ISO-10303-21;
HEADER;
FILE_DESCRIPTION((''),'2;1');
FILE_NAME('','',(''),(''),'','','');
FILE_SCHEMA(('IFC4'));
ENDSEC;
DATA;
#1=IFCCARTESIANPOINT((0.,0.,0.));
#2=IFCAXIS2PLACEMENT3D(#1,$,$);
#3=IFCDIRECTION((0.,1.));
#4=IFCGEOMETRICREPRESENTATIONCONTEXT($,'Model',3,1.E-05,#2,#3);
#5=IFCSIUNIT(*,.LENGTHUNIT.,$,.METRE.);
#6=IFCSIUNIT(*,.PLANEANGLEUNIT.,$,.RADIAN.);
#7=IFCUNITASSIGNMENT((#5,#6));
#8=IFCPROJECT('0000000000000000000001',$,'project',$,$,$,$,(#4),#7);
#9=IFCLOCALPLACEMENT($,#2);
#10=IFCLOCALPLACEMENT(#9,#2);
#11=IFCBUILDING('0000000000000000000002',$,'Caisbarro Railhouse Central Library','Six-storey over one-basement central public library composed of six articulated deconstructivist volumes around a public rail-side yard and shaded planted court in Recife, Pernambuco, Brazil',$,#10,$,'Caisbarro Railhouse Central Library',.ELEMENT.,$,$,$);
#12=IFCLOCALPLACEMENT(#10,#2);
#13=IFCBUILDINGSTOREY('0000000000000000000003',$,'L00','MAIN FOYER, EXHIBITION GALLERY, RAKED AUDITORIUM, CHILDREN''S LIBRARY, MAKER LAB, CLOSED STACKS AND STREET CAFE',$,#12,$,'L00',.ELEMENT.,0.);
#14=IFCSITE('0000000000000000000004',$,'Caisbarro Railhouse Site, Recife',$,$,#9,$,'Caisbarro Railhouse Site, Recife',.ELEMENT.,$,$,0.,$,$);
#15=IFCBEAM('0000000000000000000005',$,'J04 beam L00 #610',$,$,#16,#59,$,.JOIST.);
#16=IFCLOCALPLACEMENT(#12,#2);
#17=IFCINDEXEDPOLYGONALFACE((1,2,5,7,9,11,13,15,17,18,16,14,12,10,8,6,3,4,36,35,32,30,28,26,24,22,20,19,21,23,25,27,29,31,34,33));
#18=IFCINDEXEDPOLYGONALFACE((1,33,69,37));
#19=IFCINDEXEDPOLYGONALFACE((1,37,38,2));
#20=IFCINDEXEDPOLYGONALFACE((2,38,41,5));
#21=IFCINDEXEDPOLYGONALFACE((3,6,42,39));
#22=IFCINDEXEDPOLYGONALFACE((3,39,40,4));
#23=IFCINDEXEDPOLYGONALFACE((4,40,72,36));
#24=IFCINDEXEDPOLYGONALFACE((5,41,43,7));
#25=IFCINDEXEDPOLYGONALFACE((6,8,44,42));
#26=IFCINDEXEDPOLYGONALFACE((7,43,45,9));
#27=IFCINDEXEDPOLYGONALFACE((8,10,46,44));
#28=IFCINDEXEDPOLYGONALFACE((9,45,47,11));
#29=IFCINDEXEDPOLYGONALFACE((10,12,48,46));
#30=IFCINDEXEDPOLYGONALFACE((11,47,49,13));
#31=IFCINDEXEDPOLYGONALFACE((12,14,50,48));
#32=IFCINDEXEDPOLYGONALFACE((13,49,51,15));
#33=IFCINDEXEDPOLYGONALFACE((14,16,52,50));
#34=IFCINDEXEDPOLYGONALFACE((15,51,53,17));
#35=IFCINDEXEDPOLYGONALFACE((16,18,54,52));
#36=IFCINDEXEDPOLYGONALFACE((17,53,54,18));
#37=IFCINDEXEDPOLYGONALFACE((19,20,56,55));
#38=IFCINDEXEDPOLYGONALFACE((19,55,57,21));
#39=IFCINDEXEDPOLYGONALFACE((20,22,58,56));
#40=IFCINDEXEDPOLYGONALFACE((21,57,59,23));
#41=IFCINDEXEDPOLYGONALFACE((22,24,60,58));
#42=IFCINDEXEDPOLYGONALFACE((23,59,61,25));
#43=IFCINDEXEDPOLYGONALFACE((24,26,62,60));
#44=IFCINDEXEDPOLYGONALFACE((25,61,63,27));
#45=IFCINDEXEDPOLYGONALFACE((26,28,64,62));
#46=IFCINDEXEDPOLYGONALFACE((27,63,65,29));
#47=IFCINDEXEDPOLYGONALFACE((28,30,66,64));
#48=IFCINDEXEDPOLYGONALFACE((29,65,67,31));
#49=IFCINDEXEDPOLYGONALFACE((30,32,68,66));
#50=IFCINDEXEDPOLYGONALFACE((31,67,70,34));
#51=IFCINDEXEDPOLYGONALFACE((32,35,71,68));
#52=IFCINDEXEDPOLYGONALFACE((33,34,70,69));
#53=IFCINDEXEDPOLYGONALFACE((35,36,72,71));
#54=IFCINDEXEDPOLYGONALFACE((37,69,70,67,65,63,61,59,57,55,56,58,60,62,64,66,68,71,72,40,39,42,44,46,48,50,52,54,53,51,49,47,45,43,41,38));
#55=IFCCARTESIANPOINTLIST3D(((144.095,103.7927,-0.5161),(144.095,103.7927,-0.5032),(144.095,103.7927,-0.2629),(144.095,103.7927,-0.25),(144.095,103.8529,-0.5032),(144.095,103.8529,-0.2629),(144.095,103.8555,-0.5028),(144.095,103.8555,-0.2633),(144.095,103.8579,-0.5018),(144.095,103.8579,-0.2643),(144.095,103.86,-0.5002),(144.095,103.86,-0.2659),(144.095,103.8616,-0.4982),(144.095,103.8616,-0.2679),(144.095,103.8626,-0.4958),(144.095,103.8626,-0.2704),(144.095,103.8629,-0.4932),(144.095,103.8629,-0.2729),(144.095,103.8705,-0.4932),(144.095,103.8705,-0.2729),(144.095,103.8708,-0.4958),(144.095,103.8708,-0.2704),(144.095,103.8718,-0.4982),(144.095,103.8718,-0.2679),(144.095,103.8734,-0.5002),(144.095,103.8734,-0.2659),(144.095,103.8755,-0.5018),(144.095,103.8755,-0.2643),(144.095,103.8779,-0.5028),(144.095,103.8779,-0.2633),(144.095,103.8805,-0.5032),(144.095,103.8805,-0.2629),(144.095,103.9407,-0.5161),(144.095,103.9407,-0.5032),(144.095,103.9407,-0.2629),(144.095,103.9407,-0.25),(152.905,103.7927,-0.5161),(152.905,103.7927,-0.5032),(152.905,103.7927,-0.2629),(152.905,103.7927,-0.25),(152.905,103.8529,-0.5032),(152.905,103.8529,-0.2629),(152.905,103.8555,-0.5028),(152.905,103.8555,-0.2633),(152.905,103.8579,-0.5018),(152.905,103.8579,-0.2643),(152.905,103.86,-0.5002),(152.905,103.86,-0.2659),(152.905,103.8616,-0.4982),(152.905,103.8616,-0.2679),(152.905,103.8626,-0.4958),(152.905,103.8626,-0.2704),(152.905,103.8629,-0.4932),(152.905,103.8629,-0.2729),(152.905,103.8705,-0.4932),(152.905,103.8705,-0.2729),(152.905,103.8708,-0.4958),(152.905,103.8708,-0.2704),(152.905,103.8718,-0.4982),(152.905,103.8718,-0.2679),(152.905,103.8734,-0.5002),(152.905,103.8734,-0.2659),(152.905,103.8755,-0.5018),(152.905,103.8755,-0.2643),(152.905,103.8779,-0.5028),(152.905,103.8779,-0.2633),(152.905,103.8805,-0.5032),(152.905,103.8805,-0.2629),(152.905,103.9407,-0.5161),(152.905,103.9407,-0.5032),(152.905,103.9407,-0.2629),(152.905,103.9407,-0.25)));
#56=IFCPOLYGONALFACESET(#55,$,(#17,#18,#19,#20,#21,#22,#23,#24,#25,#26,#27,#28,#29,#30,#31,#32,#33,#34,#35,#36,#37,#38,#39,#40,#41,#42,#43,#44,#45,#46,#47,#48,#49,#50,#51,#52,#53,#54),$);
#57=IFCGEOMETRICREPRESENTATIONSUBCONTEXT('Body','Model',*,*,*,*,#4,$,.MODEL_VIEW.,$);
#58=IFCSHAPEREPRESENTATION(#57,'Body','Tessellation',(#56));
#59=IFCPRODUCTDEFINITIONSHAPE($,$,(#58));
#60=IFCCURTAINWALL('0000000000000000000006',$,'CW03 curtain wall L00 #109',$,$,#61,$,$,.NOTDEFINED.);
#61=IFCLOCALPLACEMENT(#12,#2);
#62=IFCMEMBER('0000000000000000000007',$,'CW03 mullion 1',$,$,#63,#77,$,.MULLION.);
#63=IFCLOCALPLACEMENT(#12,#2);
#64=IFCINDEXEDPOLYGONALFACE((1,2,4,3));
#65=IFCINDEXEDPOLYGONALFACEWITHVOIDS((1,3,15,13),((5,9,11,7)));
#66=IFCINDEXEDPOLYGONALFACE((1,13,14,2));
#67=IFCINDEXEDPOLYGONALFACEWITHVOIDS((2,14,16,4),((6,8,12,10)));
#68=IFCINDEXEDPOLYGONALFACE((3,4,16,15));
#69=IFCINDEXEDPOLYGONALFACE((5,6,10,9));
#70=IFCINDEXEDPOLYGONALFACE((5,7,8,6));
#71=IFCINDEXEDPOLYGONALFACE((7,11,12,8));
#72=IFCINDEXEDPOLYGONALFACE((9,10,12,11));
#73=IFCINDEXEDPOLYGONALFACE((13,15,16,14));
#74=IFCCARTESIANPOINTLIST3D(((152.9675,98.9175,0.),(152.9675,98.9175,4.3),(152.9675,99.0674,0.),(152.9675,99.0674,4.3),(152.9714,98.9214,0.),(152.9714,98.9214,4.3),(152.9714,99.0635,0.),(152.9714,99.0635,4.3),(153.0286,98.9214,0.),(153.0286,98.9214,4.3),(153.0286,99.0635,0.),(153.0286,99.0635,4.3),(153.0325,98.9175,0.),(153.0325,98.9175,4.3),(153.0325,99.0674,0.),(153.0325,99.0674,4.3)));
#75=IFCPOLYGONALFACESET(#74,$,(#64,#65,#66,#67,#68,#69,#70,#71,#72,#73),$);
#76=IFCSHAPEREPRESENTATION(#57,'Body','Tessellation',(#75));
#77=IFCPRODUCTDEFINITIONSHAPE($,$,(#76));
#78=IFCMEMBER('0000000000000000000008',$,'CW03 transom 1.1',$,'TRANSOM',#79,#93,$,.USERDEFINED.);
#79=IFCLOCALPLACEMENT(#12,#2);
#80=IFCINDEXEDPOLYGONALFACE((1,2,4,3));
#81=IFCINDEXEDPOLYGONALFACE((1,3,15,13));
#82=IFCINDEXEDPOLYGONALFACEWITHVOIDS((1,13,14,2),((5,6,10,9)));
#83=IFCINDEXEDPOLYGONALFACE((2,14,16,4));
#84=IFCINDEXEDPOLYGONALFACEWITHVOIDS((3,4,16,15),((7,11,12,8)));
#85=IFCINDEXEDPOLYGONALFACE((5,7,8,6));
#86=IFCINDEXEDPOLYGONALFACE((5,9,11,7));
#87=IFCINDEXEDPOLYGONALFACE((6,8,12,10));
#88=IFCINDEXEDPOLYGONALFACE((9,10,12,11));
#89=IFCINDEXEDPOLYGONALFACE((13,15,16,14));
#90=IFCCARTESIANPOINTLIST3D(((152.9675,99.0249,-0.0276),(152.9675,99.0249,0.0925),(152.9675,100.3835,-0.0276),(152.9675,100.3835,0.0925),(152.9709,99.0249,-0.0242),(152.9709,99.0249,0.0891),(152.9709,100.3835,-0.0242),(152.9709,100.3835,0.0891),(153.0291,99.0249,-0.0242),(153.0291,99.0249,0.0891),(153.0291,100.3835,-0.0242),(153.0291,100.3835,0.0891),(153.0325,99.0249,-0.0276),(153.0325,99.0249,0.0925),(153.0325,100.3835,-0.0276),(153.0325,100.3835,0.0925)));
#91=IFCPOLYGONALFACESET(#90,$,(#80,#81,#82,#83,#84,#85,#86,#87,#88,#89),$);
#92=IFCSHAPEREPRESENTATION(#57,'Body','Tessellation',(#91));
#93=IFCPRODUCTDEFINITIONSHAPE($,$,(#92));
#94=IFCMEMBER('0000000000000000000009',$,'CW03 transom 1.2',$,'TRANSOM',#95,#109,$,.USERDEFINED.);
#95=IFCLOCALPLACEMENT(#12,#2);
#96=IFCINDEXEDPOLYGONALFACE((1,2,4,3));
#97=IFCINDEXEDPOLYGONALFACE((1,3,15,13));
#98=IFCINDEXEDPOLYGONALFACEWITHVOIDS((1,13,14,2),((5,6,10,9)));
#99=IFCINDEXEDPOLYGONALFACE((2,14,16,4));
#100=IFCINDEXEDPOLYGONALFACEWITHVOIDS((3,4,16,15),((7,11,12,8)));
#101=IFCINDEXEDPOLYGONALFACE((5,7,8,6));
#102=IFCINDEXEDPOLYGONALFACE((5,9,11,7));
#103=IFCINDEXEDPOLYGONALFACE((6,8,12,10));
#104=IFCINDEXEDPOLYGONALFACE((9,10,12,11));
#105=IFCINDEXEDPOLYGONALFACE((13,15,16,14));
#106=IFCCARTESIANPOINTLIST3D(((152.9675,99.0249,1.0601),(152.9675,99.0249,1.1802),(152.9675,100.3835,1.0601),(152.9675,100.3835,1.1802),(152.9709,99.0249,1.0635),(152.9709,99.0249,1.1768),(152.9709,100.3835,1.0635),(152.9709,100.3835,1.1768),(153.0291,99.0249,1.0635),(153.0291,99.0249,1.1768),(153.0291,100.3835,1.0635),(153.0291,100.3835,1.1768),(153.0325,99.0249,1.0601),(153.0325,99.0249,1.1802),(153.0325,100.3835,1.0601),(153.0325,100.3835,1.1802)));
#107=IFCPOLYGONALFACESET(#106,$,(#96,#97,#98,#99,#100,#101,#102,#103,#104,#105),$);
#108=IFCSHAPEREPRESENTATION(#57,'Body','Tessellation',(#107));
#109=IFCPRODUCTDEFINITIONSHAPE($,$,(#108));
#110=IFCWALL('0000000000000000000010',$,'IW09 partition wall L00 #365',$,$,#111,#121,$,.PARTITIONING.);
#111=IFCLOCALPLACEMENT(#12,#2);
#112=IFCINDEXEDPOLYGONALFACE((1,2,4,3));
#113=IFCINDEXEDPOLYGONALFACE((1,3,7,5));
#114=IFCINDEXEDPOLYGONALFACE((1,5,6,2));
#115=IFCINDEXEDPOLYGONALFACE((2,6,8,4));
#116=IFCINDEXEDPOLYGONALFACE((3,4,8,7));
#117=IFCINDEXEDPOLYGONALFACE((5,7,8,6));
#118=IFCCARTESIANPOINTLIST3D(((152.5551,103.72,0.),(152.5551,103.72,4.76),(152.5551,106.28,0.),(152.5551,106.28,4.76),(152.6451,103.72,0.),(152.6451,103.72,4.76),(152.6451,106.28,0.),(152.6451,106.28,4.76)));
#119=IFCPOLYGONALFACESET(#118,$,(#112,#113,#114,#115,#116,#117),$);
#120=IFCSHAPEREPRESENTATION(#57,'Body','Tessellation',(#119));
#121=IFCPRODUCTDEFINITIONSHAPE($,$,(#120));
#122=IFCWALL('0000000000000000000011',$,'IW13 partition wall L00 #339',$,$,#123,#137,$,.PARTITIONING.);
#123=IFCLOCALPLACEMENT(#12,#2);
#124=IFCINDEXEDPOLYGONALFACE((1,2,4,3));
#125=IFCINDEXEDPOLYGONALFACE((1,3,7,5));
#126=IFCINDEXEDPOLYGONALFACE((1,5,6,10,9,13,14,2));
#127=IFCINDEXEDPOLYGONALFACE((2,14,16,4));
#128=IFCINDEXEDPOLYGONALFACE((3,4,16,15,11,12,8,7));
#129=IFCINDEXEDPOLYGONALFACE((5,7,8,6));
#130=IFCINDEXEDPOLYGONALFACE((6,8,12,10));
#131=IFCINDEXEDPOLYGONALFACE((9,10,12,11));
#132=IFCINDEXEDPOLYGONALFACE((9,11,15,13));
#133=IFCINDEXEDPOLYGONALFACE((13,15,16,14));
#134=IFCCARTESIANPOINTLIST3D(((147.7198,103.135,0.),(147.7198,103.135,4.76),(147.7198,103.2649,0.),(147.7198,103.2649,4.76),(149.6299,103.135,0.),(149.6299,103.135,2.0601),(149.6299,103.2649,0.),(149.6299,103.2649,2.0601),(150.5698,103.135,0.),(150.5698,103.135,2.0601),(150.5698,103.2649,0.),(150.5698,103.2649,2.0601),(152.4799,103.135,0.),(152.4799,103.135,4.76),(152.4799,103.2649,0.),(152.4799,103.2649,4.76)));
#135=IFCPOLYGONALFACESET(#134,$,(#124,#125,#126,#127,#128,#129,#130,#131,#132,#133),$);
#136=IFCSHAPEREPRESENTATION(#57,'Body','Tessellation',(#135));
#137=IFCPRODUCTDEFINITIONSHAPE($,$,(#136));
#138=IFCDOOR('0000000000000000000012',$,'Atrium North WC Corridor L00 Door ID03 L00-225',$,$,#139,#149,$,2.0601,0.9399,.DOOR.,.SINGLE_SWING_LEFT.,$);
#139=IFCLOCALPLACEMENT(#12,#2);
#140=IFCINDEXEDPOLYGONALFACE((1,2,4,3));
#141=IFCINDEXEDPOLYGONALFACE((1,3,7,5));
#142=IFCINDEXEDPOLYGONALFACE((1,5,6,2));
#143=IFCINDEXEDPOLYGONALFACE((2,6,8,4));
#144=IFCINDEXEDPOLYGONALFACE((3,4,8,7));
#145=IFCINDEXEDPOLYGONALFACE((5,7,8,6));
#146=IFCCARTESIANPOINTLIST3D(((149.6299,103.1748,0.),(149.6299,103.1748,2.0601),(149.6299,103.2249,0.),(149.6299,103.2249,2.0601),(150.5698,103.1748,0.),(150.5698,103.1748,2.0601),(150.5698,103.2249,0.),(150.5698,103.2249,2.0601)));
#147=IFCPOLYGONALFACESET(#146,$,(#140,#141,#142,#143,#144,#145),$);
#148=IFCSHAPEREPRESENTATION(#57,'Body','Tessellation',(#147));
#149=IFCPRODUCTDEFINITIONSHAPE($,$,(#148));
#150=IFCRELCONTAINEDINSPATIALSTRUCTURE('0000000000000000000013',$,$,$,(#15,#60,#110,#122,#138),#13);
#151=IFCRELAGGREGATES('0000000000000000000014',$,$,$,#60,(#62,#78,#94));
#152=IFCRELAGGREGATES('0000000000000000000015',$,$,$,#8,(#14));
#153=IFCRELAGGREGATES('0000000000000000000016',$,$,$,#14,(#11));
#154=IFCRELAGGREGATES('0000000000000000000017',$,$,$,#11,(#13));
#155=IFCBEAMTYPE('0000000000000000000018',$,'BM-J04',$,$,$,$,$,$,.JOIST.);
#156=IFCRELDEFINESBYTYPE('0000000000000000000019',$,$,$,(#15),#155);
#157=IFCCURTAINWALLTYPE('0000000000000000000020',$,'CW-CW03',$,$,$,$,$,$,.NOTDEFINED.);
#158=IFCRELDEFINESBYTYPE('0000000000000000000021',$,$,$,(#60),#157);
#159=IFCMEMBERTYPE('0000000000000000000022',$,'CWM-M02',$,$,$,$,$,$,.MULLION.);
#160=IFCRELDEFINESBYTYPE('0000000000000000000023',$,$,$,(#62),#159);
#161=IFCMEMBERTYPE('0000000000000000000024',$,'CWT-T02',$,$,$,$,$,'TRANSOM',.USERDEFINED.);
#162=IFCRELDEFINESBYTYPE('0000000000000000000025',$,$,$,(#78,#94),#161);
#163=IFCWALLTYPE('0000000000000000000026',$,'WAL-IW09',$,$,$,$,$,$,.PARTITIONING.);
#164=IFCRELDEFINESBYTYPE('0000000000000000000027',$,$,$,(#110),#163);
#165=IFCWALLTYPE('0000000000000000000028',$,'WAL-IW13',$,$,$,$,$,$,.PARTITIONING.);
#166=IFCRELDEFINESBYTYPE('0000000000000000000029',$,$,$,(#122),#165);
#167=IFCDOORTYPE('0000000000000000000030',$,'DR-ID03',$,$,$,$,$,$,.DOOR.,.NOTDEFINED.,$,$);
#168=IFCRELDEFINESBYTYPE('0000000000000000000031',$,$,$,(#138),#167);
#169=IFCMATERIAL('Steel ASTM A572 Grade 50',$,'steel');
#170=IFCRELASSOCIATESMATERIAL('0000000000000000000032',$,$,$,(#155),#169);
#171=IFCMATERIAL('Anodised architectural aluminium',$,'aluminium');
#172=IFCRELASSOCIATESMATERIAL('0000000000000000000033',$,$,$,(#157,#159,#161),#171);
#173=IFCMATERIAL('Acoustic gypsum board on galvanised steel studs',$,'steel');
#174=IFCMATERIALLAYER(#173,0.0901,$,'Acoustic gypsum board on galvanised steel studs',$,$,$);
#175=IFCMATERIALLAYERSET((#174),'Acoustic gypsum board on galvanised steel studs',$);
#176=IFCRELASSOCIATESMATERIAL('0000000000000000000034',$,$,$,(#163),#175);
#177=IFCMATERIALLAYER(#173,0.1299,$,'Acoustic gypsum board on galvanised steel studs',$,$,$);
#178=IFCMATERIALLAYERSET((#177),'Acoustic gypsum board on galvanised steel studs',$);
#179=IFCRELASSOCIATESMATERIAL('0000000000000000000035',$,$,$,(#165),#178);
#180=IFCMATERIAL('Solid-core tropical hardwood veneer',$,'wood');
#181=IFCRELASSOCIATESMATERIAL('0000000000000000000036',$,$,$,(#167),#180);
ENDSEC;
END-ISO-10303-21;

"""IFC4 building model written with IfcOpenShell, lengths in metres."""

from ifc_helpers import new_model, si_unit, direction, frame, frame_2d, origin, origin_2d, place, context, subcontext, project, spatial, rectangle, hollow_rectangle, i_section, extrude, material, layer, layer_set, material_profile, profile_set, type_object, element, fill, aggregate, save


model = new_model("IFC4")

# Units and contexts
model_context = context("Model", 3, precision=1e-05, world=origin(), true_north=direction((0.0, 1.0)))
body_context = subcontext(model_context, "Body", "Model", "MODEL_VIEW")
ifc_project = project(units=[si_unit("LENGTHUNIT", "METRE"), si_unit("PLANEANGLEUNIT", "RADIAN")], contexts=[model_context])

# Site, building, storey
site_placement = place(None, origin())
site = spatial("IfcSite", under=ifc_project, at=site_placement, Name="Caisbarro Railhouse Site, Recife", LongName="Caisbarro Railhouse Site, Recife", CompositionType="ELEMENT", RefElevation=0.0)
building_placement = place(site_placement, origin())
building = spatial("IfcBuilding", under=site, at=building_placement, Name="Caisbarro Railhouse Central Library", Description="Six-storey over one-basement central public library composed of six articulated deconstructivist volumes around a public rail-side yard and shaded planted court in Recife, Pernambuco, Brazil", LongName="Caisbarro Railhouse Central Library", CompositionType="ELEMENT")
storey_placement = place(building_placement, origin())
storey = spatial("IfcBuildingStorey", under=building, at=storey_placement, Name="L00", Description="MAIN FOYER, EXHIBITION GALLERY, RAKED AUDITORIUM, CHILDREN'S LIBRARY, MAKER LAB, CLOSED STACKS AND STREET CAFE", LongName="L00", CompositionType="ELEMENT", Elevation=0.0)

# Shared definitions
ifc_material_1 = material(Name="Steel ASTM A572 Grade 50", Category="steel")

# Beam
ifc_material_profile_1 = material_profile(ifc_material_1, i_section(OverallWidth=0.1479, OverallDepth=0.2661, WebThickness=0.0076, FlangeThickness=0.0129, FilletRadius=0.01, at=origin_2d()), Name="W250X44.8")
ifc_profile_set_1 = profile_set([ifc_material_profile_1], Name="Steel ASTM A572 Grade 50")
beam_type_1 = type_object("IfcBeamType", Name="BM-J04", PredefinedType="JOIST", material=ifc_profile_set_1)
for number, where, z_axis, x_axis, name in (
    (1, (144.095, 103.8667, -0.3831), (1.0, 0.0, 0.0), (0.0, 1.0, 0.0), "J04 beam L00 #610"),
):
    element("IfcBeam", number, at=place(storey_placement, frame(where, z_axis=z_axis, x_axis=x_axis)), inside=storey, type_object=beam_type_1, Name=name, PredefinedType="JOIST", context=body_context, shape_type="SweptSolid", body=[
        extrude(i_section(OverallWidth=0.1479, OverallDepth=0.2661, WebThickness=0.0076, FlangeThickness=0.0129, FilletRadius=0.01, at=origin_2d()), origin(), (0.0, 0.0, 1.0), 8.8101),
    ])

# Curtain wall, members
ifc_material_2 = material(Name="Anodised architectural aluminium", Category="aluminium")
curtain_wall_type = type_object("IfcCurtainWallType", Name="CW-CW03", PredefinedType="NOTDEFINED", material=ifc_material_2)
curtain_wall_placement = place(storey_placement, origin())
curtain_wall = element("IfcCurtainWall", 2, at=curtain_wall_placement, inside=storey, type_object=curtain_wall_type, Name="CW03 curtain wall L00 #109", PredefinedType="NOTDEFINED")
ifc_material_profile_2 = material_profile(ifc_material_2, hollow_rectangle(XDim=0.0649, YDim=0.1499, WallThickness=0.0039, at=origin_2d()), Name="ALU-MUL-65X150")
ifc_profile_set_2 = profile_set([ifc_material_profile_2], Name="Anodised architectural aluminium")
member_type_1 = type_object("IfcMemberType", Name="CWM-M02", PredefinedType="MULLION", material=ifc_profile_set_2)
member_1_placement = place(storey_placement, frame((153.0, 98.9924, 0.0), z_axis=(0.0, 0.0, 1.0), x_axis=(-1.0, 0.0, 0.0)))
member_1 = element("IfcMember", 3, at=member_1_placement, type_object=member_type_1, Name="CW03 mullion 1", PredefinedType="MULLION", context=body_context, shape_type="SweptSolid", body=[
    extrude(hollow_rectangle(XDim=0.0649, YDim=0.1499, WallThickness=0.0039, at=origin_2d()), origin(), (0.0, 0.0, 1.0), 4.3),
])
ifc_material_profile_3 = material_profile(ifc_material_2, hollow_rectangle(XDim=0.0649, YDim=0.1201, WallThickness=0.0034, at=origin_2d()), Name="ALU-TRN-65X120")
ifc_profile_set_3 = profile_set([ifc_material_profile_3], Name="Anodised architectural aluminium")
member_type_2 = type_object("IfcMemberType", Name="CWT-T02", ElementType="TRANSOM", PredefinedType="USERDEFINED", material=ifc_profile_set_3)
member_2_placement = place(storey_placement, frame((153.0, 99.0249, 0.0325), z_axis=(0.0, 1.0, 0.0), x_axis=(-1.0, 0.0, 0.0)))
member_2 = element("IfcMember", 4, at=member_2_placement, type_object=member_type_2, Name="CW03 transom 1.1", ObjectType="TRANSOM", PredefinedType="USERDEFINED", context=body_context, shape_type="SweptSolid", body=[
    extrude(hollow_rectangle(XDim=0.0649, YDim=0.1201, WallThickness=0.0034, at=origin_2d()), origin(), (0.0, 0.0, 1.0), 1.3586),
])
member_3_placement = place(storey_placement, frame((153.0, 99.0249, 1.1201), z_axis=(0.0, 1.0, 0.0), x_axis=(-1.0, 0.0, 0.0)))
member_3 = element("IfcMember", 5, at=member_3_placement, type_object=member_type_2, Name="CW03 transom 1.2", ObjectType="TRANSOM", PredefinedType="USERDEFINED", context=body_context, shape_type="SweptSolid", body=[
    extrude(hollow_rectangle(XDim=0.0649, YDim=0.1201, WallThickness=0.0034, at=origin_2d()), origin(), (0.0, 0.0, 1.0), 1.3586),
])
aggregate(curtain_wall, [member_1, member_2, member_3])

# Wall
ifc_material_3 = material(Name="Acoustic gypsum board on galvanised steel studs", Category="steel")
ifc_layer_1 = layer(ifc_material_3, 0.0901, Name="Acoustic gypsum board on galvanised steel studs")
ifc_layer_set_1 = layer_set([ifc_layer_1], Name="Acoustic gypsum board on galvanised steel studs")
wall_type_1 = type_object("IfcWallType", Name="WAL-IW09", PredefinedType="PARTITIONING", material=ifc_layer_set_1)
wall_1_placement = place(storey_placement, frame((152.6001, 103.72, 0.0), z_axis=(0.0, 0.0, 1.0), x_axis=(0.0, 1.0, 0.0)))
element("IfcWall", 6, at=wall_1_placement, inside=storey, type_object=wall_type_1, Name="IW09 partition wall L00 #365", PredefinedType="PARTITIONING", context=body_context, shape_type="SweptSolid", body=[
    extrude(rectangle(XDim=2.5601, YDim=0.0901, at=frame_2d((1.28, 0.0))), origin(), (0.0, 0.0, 1.0), 4.76),
])

# Wall, opening, door
ifc_layer_2 = layer(ifc_material_3, 0.1299, Name="Acoustic gypsum board on galvanised steel studs")
ifc_layer_set_2 = layer_set([ifc_layer_2], Name="Acoustic gypsum board on galvanised steel studs")
wall_type_2 = type_object("IfcWallType", Name="WAL-IW13", PredefinedType="PARTITIONING", material=ifc_layer_set_2)
wall_2_placement = place(storey_placement, frame((147.72, 103.2, 0.0), z_axis=(0.0, 0.0, 1.0), x_axis=(1.0, 0.0, 0.0)))
wall_2 = element("IfcWall", 7, at=wall_2_placement, inside=storey, type_object=wall_type_2, Name="IW13 partition wall L00 #339", PredefinedType="PARTITIONING", context=body_context, shape_type="SweptSolid", body=[
    extrude(rectangle(XDim=4.76, YDim=0.1299, at=frame_2d((2.3799, 0.0))), origin(), (0.0, 0.0, 1.0), 4.76),
])
opening_1_placement = place(wall_2_placement, frame((1.9099, 0.0, 0.0)))
opening_1 = element("IfcOpeningElement", 8, at=opening_1_placement, cuts=wall_2, PredefinedType="OPENING", context=body_context, shape_type="SweptSolid", body=[
    extrude(rectangle(XDim=0.9399, YDim=2.0601, at=frame_2d((0.47, 1.03))), frame((0.0, 0.075, 0.0), z_axis=(0.0, -1.0, 0.0), x_axis=(1.0, 0.0, 0.0)), (0.0, 0.0, 1.0), 0.1499),
])
ifc_material_4 = material(Name="Solid-core tropical hardwood veneer", Category="wood")
door_type_1 = type_object("IfcDoorType", Name="DR-ID03", OperationType="NOTDEFINED", PredefinedType="DOOR", material=ifc_material_4)
door_1_placement = place(opening_1_placement, origin())
door_1 = element("IfcDoor", 9, at=door_1_placement, inside=storey, type_object=door_type_1, Name="Atrium North WC Corridor L00 Door ID03 L00-225", OperationType="SINGLE_SWING_LEFT", OverallHeight=2.0601, OverallWidth=0.9399, PredefinedType="DOOR", context=body_context, shape_type="SweptSolid", body=[
    extrude(rectangle(XDim=0.9399, YDim=2.0601, at=frame_2d((0.47, 1.03))), frame((0.0, 0.0249, 0.0), z_axis=(0.0, -1.0, 0.0), x_axis=(1.0, 0.0, 0.0)), (0.0, 0.0, 1.0), 0.05),
])
fill(opening_1, door_1)

save(model, "model.ifc")
